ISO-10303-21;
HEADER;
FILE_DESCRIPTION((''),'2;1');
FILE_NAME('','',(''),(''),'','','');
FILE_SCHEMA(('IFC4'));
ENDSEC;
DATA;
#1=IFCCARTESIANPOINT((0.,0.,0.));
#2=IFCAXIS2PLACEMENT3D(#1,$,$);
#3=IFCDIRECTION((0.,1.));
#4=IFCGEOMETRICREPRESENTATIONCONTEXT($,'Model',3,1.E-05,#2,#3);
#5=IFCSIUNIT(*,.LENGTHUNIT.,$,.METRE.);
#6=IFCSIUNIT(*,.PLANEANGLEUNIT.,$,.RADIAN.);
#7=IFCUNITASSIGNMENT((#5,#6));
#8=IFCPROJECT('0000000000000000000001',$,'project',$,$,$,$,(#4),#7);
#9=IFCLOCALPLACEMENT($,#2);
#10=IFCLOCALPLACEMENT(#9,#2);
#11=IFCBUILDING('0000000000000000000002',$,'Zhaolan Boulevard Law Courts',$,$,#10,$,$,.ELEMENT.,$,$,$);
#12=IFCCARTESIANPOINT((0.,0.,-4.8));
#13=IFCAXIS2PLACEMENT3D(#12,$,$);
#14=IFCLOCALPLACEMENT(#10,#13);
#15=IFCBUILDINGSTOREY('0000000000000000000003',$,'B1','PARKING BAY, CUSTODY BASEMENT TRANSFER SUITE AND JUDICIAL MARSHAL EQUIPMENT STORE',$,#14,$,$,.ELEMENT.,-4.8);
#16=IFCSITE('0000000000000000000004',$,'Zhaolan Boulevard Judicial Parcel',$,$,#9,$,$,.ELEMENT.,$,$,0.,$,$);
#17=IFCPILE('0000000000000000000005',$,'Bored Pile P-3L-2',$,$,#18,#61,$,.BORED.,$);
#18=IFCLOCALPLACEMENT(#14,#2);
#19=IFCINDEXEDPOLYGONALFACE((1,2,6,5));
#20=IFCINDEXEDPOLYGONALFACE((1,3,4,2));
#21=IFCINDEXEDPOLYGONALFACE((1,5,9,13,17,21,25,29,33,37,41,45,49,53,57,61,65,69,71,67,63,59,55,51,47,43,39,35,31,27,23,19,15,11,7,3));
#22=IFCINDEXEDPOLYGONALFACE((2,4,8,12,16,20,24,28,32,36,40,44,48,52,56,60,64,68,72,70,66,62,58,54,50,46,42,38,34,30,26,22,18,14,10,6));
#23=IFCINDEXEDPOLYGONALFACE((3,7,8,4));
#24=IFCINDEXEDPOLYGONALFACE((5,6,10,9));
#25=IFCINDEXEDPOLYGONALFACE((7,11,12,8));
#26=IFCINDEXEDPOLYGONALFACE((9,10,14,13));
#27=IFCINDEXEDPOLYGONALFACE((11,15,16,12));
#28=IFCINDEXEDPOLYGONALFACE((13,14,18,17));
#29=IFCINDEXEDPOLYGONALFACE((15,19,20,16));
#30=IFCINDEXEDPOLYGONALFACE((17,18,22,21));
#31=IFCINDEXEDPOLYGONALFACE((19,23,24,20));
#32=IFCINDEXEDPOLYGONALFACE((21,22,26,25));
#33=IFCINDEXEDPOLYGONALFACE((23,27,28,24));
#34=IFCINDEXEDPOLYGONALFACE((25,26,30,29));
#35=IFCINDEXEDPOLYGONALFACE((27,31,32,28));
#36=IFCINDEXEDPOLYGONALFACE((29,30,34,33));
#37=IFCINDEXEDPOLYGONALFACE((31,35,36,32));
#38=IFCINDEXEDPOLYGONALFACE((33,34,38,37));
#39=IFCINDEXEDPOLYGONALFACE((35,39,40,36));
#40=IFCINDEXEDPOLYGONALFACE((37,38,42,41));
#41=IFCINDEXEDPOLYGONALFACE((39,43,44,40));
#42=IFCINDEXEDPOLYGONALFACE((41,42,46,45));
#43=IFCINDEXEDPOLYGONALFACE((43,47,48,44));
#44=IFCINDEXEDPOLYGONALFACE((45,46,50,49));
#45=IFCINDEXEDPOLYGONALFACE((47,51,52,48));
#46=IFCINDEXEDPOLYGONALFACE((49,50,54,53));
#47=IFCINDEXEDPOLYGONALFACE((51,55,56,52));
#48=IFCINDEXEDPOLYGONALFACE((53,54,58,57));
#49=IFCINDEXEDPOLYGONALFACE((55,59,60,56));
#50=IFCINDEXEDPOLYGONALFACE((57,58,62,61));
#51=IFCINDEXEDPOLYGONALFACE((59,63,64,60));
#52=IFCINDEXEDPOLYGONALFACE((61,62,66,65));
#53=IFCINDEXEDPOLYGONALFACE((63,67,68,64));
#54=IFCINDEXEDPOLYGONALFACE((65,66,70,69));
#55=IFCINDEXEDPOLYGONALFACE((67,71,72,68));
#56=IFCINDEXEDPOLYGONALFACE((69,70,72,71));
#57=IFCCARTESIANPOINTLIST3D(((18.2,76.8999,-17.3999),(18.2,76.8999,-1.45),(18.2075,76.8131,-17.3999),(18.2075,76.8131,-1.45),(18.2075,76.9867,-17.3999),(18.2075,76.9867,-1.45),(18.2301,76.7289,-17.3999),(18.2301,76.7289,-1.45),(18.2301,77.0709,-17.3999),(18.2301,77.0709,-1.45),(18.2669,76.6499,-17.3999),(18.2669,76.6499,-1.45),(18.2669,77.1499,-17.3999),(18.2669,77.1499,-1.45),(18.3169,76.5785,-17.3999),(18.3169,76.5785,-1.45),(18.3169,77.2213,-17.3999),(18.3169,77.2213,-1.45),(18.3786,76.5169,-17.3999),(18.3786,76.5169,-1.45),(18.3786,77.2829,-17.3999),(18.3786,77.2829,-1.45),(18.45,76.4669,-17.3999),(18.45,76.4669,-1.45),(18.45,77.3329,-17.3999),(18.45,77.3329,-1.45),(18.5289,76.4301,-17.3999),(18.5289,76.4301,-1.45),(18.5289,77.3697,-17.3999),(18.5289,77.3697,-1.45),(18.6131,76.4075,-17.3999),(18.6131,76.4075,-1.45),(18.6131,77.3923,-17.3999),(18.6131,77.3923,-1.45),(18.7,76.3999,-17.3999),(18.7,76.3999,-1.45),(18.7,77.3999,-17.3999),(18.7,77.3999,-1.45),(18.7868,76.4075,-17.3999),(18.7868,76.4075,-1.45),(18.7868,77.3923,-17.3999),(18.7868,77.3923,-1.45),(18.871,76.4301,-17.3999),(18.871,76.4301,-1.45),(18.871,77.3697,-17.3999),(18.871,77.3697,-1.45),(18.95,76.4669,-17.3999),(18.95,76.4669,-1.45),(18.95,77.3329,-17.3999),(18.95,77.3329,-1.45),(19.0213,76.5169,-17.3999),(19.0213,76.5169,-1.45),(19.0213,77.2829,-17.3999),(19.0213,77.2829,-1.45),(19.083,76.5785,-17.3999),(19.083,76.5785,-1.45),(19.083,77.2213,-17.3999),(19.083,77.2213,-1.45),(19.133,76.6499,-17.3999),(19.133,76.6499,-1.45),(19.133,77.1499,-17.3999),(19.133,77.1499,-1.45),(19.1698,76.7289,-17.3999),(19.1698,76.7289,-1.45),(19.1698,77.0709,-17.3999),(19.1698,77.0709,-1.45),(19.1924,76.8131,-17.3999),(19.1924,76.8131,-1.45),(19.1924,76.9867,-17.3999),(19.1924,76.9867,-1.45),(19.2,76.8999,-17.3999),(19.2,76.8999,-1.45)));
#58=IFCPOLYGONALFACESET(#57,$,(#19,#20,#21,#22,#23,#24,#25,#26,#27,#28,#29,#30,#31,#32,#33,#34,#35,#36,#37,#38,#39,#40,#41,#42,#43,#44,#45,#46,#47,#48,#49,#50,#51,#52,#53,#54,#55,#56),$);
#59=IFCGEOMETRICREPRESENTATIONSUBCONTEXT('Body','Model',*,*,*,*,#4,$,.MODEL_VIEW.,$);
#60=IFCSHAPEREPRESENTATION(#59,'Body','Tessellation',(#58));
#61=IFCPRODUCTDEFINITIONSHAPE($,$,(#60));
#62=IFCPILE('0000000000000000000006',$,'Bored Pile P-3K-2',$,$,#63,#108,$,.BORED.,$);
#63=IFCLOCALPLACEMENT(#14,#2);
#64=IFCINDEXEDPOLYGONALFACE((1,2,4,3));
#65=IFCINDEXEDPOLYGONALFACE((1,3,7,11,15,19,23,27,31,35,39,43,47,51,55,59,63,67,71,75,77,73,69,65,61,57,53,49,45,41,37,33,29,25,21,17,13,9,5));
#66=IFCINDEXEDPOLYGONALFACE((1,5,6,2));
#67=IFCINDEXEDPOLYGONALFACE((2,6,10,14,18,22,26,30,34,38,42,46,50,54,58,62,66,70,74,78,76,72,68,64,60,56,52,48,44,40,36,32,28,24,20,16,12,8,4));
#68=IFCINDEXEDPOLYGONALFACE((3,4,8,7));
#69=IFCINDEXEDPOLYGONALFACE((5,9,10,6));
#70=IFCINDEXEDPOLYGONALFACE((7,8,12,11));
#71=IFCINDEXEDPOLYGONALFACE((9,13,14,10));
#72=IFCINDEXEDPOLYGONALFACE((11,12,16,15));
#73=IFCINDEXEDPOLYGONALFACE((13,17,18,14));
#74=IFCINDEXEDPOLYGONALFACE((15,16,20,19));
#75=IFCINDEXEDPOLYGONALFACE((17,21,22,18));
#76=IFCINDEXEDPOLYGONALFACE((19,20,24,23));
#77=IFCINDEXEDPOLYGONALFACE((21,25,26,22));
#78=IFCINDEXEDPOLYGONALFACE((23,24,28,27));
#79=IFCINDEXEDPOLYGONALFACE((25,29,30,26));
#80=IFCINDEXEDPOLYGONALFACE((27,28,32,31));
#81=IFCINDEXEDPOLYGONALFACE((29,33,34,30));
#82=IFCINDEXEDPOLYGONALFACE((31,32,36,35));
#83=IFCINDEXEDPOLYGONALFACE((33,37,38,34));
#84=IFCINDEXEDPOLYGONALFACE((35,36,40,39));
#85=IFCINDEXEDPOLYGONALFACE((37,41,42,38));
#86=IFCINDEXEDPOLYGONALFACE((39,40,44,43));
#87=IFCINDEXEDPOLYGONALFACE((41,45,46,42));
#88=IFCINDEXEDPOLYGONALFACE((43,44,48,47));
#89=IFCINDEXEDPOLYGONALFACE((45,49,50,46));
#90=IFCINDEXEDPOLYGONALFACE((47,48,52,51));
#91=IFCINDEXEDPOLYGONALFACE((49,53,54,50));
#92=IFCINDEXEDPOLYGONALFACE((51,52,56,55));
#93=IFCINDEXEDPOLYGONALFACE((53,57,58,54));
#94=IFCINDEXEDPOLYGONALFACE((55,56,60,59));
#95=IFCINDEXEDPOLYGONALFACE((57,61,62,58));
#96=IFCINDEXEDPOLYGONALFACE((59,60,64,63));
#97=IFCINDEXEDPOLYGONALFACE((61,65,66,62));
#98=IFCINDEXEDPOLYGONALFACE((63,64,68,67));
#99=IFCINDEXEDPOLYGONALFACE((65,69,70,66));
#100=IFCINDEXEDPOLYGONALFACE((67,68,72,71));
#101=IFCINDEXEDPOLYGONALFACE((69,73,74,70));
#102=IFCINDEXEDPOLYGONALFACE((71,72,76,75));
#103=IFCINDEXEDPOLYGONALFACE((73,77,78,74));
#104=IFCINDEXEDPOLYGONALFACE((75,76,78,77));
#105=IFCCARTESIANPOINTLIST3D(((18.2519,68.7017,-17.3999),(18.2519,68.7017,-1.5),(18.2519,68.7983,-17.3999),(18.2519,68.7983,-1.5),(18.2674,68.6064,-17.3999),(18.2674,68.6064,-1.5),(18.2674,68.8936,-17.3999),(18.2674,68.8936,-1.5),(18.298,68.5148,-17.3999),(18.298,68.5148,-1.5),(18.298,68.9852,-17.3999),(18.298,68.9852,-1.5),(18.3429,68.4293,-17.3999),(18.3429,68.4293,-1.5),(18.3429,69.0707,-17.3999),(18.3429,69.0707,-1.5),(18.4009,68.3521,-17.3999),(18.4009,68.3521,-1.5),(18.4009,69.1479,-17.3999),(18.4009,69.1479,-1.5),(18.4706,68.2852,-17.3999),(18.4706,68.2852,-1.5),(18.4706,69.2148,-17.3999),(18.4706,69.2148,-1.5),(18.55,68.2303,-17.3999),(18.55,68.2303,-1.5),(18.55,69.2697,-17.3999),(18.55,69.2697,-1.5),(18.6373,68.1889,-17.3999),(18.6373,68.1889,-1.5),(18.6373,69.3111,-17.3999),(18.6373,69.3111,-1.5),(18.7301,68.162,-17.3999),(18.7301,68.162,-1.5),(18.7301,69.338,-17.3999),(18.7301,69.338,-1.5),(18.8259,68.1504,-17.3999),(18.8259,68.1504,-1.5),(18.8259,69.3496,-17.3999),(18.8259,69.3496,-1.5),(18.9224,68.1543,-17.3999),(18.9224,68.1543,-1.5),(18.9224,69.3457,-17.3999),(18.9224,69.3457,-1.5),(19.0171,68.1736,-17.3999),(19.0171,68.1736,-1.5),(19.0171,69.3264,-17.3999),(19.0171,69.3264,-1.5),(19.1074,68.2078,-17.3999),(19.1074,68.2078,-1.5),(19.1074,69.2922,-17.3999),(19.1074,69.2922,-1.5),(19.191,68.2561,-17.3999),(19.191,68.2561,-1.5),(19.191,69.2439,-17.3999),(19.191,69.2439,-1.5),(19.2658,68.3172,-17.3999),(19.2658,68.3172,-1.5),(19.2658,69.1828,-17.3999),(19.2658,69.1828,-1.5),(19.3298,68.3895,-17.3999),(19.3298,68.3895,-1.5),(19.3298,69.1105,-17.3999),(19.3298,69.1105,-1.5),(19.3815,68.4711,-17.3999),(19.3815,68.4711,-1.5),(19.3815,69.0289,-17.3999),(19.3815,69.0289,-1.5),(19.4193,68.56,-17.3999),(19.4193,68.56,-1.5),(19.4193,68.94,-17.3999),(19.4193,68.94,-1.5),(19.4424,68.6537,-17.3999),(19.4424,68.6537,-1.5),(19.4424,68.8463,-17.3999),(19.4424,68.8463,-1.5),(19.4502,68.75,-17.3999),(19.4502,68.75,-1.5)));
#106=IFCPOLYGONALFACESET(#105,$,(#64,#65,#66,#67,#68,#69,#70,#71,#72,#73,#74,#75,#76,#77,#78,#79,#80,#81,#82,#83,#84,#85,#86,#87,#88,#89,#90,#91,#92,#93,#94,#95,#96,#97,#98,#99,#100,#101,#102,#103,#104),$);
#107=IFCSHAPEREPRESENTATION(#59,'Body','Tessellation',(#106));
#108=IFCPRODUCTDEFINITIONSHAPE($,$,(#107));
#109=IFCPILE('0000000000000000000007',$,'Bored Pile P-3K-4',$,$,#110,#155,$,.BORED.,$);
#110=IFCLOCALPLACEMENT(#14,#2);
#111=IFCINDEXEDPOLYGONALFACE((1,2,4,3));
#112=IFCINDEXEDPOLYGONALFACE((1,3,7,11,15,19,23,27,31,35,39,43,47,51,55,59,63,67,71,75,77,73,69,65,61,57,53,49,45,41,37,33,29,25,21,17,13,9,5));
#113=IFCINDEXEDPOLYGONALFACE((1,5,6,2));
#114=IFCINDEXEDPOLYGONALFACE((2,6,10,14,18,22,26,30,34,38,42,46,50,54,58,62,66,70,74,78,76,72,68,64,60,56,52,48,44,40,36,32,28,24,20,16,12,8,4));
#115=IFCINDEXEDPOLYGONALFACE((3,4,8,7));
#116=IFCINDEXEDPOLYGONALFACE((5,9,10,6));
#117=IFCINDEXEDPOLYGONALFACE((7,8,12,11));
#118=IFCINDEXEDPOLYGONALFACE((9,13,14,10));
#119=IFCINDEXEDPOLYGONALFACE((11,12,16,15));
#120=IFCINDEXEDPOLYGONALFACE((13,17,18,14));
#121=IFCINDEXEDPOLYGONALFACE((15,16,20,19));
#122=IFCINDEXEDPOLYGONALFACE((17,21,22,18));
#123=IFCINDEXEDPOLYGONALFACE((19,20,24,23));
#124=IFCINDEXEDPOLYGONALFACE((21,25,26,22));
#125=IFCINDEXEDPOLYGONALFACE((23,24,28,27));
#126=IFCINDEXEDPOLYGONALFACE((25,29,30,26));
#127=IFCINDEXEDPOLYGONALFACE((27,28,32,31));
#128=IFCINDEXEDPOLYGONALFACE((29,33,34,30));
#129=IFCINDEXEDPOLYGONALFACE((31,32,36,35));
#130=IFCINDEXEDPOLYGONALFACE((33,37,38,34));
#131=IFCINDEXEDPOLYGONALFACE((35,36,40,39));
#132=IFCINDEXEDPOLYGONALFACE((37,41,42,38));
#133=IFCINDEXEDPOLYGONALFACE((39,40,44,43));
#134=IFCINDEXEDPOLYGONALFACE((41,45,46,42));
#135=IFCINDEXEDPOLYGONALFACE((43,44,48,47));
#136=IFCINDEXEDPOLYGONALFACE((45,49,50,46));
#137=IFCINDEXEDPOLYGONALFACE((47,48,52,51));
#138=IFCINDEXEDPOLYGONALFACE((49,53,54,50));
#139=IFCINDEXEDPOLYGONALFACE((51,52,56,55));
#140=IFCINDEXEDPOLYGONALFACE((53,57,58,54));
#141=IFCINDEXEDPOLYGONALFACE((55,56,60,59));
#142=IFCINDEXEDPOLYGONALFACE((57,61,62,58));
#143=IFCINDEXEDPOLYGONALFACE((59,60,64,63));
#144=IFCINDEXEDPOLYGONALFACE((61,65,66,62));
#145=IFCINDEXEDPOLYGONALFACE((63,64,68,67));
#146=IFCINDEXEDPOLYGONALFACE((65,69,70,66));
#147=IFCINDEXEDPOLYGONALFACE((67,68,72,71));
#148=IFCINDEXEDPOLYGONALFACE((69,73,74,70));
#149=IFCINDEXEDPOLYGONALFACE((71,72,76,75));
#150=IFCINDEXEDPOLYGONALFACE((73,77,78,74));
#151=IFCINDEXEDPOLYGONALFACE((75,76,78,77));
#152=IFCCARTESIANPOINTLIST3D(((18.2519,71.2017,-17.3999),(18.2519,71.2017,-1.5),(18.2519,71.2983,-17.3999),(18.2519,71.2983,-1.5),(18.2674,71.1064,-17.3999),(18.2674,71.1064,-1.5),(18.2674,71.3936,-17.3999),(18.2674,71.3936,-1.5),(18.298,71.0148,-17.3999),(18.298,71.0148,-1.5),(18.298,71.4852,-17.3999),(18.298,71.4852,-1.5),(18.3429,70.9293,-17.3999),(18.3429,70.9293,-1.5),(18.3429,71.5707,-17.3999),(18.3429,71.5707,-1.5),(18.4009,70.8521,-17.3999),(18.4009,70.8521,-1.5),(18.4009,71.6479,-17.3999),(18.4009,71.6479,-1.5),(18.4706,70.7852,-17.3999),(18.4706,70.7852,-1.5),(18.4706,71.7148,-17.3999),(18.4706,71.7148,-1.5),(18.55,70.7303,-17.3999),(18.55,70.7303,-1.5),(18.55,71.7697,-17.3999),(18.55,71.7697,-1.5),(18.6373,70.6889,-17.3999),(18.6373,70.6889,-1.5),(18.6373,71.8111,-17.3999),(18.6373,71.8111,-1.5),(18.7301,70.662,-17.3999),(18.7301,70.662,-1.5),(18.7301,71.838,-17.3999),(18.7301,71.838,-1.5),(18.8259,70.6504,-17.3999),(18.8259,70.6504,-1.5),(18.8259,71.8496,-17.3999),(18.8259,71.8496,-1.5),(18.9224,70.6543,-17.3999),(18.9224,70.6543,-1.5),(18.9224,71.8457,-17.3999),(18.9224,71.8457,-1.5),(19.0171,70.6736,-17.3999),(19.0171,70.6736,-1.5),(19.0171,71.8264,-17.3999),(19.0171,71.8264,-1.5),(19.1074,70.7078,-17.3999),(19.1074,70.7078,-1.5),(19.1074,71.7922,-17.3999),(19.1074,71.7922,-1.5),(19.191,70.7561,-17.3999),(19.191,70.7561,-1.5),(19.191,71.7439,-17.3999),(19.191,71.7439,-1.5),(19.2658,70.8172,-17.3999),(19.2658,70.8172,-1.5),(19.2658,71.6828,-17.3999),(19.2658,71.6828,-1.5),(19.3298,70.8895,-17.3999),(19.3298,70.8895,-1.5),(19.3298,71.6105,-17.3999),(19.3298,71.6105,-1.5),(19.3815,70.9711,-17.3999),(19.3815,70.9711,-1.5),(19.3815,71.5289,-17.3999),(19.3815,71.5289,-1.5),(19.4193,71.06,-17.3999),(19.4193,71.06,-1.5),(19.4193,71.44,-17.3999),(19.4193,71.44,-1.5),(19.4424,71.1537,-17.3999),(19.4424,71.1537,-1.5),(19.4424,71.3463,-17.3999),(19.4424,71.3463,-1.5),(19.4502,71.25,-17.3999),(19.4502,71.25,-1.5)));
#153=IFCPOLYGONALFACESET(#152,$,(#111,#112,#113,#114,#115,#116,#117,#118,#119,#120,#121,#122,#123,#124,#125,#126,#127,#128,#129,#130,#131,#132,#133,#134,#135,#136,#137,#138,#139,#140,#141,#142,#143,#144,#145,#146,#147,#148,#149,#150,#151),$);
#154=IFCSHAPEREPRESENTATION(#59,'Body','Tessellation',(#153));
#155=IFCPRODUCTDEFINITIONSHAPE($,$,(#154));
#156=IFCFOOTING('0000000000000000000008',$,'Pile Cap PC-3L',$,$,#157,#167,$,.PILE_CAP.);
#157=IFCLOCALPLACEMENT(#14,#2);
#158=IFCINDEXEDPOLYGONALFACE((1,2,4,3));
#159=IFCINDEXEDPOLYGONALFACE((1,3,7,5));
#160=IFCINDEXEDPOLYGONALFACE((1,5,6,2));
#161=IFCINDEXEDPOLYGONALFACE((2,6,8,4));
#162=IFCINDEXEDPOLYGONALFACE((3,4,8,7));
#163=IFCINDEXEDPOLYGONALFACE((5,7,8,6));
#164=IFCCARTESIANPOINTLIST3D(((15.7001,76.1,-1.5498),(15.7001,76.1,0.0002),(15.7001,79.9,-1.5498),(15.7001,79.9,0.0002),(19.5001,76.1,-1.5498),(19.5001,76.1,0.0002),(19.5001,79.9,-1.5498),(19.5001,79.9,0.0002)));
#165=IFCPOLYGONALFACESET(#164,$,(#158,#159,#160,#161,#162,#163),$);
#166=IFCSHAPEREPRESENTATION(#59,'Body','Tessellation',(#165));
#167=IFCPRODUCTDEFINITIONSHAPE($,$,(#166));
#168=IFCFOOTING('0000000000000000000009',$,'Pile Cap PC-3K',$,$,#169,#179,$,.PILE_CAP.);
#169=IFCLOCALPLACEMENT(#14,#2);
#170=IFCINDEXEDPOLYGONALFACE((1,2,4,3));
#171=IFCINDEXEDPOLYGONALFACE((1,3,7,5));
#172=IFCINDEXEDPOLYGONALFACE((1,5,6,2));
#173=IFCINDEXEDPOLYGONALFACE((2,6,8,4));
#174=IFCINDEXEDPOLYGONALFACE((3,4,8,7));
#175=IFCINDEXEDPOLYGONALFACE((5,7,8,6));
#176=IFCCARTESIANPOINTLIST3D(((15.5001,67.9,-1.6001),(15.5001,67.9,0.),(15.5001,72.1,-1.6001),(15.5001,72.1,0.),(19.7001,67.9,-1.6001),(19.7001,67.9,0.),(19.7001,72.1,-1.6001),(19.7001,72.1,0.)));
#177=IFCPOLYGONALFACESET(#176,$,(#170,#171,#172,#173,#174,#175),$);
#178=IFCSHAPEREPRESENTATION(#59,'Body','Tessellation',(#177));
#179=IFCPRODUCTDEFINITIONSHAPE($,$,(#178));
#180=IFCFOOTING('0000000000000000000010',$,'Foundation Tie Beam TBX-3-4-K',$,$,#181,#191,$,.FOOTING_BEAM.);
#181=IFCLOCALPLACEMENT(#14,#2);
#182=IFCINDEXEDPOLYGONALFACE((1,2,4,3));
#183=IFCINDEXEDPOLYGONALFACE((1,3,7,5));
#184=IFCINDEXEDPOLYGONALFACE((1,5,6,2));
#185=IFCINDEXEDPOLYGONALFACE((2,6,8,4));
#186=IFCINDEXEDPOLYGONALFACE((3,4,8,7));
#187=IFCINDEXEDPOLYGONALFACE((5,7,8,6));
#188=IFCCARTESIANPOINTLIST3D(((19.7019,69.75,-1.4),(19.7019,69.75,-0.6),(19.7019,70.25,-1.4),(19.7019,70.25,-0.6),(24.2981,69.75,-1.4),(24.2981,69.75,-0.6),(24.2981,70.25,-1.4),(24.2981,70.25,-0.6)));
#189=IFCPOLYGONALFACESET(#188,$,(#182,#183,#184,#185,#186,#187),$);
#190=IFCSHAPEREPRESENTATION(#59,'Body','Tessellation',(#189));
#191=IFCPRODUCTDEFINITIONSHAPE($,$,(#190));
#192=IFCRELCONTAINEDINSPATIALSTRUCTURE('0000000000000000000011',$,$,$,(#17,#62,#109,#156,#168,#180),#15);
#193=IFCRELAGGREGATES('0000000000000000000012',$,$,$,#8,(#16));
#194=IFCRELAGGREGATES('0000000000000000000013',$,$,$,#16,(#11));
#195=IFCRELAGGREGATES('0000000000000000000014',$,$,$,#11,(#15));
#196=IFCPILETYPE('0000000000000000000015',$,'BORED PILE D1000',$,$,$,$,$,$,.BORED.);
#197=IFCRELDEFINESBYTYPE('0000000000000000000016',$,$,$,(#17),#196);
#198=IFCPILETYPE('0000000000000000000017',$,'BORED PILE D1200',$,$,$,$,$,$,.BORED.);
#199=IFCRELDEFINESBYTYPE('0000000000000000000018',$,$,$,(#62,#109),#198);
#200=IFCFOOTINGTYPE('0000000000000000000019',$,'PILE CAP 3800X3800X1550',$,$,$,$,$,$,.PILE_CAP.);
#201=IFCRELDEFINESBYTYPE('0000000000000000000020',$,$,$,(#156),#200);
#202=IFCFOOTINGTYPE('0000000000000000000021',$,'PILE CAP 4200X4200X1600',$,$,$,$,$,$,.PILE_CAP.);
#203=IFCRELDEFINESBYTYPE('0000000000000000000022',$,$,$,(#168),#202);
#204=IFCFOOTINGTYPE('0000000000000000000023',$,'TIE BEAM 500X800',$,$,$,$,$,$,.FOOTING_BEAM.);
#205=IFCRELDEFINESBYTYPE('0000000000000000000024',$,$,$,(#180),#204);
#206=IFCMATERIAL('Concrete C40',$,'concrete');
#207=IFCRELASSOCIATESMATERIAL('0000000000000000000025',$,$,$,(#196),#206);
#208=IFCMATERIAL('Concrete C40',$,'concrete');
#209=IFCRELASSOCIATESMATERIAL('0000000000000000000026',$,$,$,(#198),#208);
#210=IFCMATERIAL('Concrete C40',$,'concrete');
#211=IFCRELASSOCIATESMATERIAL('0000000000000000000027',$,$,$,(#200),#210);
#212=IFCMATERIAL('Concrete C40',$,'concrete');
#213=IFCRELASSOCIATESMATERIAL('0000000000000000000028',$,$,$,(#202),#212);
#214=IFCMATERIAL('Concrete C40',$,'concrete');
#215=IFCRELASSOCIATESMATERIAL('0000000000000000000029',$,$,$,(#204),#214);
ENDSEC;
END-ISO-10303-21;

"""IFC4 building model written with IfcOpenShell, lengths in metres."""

from ifc_helpers import new_model, si_unit, direction, frame, origin, origin_2d, place, context, subcontext, project, spatial, rectangle, circle, extrude, material, material_profile, profile_set, type_object, element, save


model = new_model("IFC4")

# Units and contexts
model_context = context("Model", 3, precision=1e-05, world=origin(), true_north=direction((0.0, 1.0)))
body_context = subcontext(model_context, "Body", "Model", "MODEL_VIEW")
ifc_project = project(units=[si_unit("LENGTHUNIT", "METRE"), si_unit("PLANEANGLEUNIT", "RADIAN")], contexts=[model_context])

# Site, building, storey
site_placement = place(None, origin())
site = spatial("IfcSite", under=ifc_project, at=site_placement, Name="Zhaolan Boulevard Judicial Parcel", CompositionType="ELEMENT", RefElevation=0.0)
building_placement = place(site_placement, origin())
building = spatial("IfcBuilding", under=site, at=building_placement, Name="Zhaolan Boulevard Law Courts", CompositionType="ELEMENT")
storey_placement = place(building_placement, frame((0.0, 0.0, -4.8)))
storey = spatial("IfcBuildingStorey", under=building, at=storey_placement, Name="B1", Description="PARKING BAY, CUSTODY BASEMENT TRANSFER SUITE AND JUDICIAL MARSHAL EQUIPMENT STORE", CompositionType="ELEMENT", Elevation=-4.8)

# Piles
ifc_material_1 = material(Name="Concrete C40", Category="concrete")
ifc_material_profile_1 = material_profile(ifc_material_1, circle(Radius=0.5, at=origin_2d()), Name="PILE-D1000")
ifc_profile_set_1 = profile_set([ifc_material_profile_1], Name="Concrete C40")
pile_type_1 = type_object("IfcPileType", Name="BORED PILE D1000", PredefinedType="BORED", material=ifc_profile_set_1)
pile_placement = place(storey_placement, frame((18.7, 76.8999, -1.45), z_axis=(0.0, 0.0, -1.0), x_axis=(1.0, 0.0, 0.0)))
element("IfcPile", 1, at=pile_placement, inside=storey, type_object=pile_type_1, Name="Bored Pile P-3L-2", PredefinedType="BORED", context=body_context, shape_type="SweptSolid", body=[
    extrude(circle(Radius=0.5, at=origin_2d()), origin(), (0.0, 0.0, 1.0), 15.95),
])
ifc_material_2 = material(Name="Concrete C40", Category="concrete")
ifc_material_profile_2 = material_profile(ifc_material_2, circle(Radius=0.6001, at=origin_2d()), Name="PILE-D1200")
ifc_profile_set_2 = profile_set([ifc_material_profile_2], Name="Concrete C40")
pile_type_2 = type_object("IfcPileType", Name="BORED PILE D1200", PredefinedType="BORED", material=ifc_profile_set_2)
for number, where, z_axis, x_axis, name in (
    (2, (18.8501, 68.75, -1.5), (0.0, 0.0, -1.0), (1.0, 0.0, 0.0), "Bored Pile P-3K-2"),
    (3, (18.8501, 71.25, -1.5), (0.0, 0.0, -1.0), (1.0, 0.0, 0.0), "Bored Pile P-3K-4"),
):
    element("IfcPile", number, at=place(storey_placement, frame(where, z_axis=z_axis, x_axis=x_axis)), inside=storey, type_object=pile_type_2, Name=name, PredefinedType="BORED", context=body_context, shape_type="SweptSolid", body=[
        extrude(circle(Radius=0.6001, at=origin_2d()), origin(), (0.0, 0.0, 1.0), 15.8999),
    ])

# Footings
ifc_material_3 = material(Name="Concrete C40", Category="concrete")
footing_type_1 = type_object("IfcFootingType", Name="PILE CAP 3800X3800X1550", PredefinedType="PILE_CAP", material=ifc_material_3)
footing_1_placement = place(storey_placement, frame((17.6001, 78.0, -1.5498), z_axis=(0.0, 0.0, 1.0), x_axis=(1.0, 0.0, 0.0)))
element("IfcFooting", 4, at=footing_1_placement, inside=storey, type_object=footing_type_1, Name="Pile Cap PC-3L", PredefinedType="PILE_CAP", context=body_context, shape_type="SweptSolid", body=[
    extrude(rectangle(XDim=3.8, YDim=3.8, at=origin_2d()), origin(), (0.0, 0.0, 1.0), 1.55),
])
ifc_material_4 = material(Name="Concrete C40", Category="concrete")
footing_type_2 = type_object("IfcFootingType", Name="PILE CAP 4200X4200X1600", PredefinedType="PILE_CAP", material=ifc_material_4)
footing_2_placement = place(storey_placement, frame((17.6001, 70.0, -1.6001), z_axis=(0.0, 0.0, 1.0), x_axis=(1.0, 0.0, 0.0)))
element("IfcFooting", 5, at=footing_2_placement, inside=storey, type_object=footing_type_2, Name="Pile Cap PC-3K", PredefinedType="PILE_CAP", context=body_context, shape_type="SweptSolid", body=[
    extrude(rectangle(XDim=4.2, YDim=4.2, at=origin_2d()), origin(), (0.0, 0.0, 1.0), 1.6001),
])
ifc_material_5 = material(Name="Concrete C40", Category="concrete")
ifc_material_profile_3 = material_profile(ifc_material_5, rectangle(XDim=0.5, YDim=0.8, at=origin_2d()), Name="RC500x800")
ifc_profile_set_3 = profile_set([ifc_material_profile_3], Name="Concrete C40")
footing_type_3 = type_object("IfcFootingType", Name="TIE BEAM 500X800", PredefinedType="FOOTING_BEAM", material=ifc_profile_set_3)
footing_3_placement = place(storey_placement, frame((19.7019, 70.0, -1.0), z_axis=(1.0, 0.0, 0.0), x_axis=(0.0, 1.0, 0.0)))
element("IfcFooting", 6, at=footing_3_placement, inside=storey, type_object=footing_type_3, Name="Foundation Tie Beam TBX-3-4-K", PredefinedType="FOOTING_BEAM", context=body_context, shape_type="SweptSolid", body=[
    extrude(rectangle(XDim=0.5, YDim=0.8, at=origin_2d()), origin(), (0.0, 0.0, 1.0), 4.5962),
])

save(model, "model.ifc")
